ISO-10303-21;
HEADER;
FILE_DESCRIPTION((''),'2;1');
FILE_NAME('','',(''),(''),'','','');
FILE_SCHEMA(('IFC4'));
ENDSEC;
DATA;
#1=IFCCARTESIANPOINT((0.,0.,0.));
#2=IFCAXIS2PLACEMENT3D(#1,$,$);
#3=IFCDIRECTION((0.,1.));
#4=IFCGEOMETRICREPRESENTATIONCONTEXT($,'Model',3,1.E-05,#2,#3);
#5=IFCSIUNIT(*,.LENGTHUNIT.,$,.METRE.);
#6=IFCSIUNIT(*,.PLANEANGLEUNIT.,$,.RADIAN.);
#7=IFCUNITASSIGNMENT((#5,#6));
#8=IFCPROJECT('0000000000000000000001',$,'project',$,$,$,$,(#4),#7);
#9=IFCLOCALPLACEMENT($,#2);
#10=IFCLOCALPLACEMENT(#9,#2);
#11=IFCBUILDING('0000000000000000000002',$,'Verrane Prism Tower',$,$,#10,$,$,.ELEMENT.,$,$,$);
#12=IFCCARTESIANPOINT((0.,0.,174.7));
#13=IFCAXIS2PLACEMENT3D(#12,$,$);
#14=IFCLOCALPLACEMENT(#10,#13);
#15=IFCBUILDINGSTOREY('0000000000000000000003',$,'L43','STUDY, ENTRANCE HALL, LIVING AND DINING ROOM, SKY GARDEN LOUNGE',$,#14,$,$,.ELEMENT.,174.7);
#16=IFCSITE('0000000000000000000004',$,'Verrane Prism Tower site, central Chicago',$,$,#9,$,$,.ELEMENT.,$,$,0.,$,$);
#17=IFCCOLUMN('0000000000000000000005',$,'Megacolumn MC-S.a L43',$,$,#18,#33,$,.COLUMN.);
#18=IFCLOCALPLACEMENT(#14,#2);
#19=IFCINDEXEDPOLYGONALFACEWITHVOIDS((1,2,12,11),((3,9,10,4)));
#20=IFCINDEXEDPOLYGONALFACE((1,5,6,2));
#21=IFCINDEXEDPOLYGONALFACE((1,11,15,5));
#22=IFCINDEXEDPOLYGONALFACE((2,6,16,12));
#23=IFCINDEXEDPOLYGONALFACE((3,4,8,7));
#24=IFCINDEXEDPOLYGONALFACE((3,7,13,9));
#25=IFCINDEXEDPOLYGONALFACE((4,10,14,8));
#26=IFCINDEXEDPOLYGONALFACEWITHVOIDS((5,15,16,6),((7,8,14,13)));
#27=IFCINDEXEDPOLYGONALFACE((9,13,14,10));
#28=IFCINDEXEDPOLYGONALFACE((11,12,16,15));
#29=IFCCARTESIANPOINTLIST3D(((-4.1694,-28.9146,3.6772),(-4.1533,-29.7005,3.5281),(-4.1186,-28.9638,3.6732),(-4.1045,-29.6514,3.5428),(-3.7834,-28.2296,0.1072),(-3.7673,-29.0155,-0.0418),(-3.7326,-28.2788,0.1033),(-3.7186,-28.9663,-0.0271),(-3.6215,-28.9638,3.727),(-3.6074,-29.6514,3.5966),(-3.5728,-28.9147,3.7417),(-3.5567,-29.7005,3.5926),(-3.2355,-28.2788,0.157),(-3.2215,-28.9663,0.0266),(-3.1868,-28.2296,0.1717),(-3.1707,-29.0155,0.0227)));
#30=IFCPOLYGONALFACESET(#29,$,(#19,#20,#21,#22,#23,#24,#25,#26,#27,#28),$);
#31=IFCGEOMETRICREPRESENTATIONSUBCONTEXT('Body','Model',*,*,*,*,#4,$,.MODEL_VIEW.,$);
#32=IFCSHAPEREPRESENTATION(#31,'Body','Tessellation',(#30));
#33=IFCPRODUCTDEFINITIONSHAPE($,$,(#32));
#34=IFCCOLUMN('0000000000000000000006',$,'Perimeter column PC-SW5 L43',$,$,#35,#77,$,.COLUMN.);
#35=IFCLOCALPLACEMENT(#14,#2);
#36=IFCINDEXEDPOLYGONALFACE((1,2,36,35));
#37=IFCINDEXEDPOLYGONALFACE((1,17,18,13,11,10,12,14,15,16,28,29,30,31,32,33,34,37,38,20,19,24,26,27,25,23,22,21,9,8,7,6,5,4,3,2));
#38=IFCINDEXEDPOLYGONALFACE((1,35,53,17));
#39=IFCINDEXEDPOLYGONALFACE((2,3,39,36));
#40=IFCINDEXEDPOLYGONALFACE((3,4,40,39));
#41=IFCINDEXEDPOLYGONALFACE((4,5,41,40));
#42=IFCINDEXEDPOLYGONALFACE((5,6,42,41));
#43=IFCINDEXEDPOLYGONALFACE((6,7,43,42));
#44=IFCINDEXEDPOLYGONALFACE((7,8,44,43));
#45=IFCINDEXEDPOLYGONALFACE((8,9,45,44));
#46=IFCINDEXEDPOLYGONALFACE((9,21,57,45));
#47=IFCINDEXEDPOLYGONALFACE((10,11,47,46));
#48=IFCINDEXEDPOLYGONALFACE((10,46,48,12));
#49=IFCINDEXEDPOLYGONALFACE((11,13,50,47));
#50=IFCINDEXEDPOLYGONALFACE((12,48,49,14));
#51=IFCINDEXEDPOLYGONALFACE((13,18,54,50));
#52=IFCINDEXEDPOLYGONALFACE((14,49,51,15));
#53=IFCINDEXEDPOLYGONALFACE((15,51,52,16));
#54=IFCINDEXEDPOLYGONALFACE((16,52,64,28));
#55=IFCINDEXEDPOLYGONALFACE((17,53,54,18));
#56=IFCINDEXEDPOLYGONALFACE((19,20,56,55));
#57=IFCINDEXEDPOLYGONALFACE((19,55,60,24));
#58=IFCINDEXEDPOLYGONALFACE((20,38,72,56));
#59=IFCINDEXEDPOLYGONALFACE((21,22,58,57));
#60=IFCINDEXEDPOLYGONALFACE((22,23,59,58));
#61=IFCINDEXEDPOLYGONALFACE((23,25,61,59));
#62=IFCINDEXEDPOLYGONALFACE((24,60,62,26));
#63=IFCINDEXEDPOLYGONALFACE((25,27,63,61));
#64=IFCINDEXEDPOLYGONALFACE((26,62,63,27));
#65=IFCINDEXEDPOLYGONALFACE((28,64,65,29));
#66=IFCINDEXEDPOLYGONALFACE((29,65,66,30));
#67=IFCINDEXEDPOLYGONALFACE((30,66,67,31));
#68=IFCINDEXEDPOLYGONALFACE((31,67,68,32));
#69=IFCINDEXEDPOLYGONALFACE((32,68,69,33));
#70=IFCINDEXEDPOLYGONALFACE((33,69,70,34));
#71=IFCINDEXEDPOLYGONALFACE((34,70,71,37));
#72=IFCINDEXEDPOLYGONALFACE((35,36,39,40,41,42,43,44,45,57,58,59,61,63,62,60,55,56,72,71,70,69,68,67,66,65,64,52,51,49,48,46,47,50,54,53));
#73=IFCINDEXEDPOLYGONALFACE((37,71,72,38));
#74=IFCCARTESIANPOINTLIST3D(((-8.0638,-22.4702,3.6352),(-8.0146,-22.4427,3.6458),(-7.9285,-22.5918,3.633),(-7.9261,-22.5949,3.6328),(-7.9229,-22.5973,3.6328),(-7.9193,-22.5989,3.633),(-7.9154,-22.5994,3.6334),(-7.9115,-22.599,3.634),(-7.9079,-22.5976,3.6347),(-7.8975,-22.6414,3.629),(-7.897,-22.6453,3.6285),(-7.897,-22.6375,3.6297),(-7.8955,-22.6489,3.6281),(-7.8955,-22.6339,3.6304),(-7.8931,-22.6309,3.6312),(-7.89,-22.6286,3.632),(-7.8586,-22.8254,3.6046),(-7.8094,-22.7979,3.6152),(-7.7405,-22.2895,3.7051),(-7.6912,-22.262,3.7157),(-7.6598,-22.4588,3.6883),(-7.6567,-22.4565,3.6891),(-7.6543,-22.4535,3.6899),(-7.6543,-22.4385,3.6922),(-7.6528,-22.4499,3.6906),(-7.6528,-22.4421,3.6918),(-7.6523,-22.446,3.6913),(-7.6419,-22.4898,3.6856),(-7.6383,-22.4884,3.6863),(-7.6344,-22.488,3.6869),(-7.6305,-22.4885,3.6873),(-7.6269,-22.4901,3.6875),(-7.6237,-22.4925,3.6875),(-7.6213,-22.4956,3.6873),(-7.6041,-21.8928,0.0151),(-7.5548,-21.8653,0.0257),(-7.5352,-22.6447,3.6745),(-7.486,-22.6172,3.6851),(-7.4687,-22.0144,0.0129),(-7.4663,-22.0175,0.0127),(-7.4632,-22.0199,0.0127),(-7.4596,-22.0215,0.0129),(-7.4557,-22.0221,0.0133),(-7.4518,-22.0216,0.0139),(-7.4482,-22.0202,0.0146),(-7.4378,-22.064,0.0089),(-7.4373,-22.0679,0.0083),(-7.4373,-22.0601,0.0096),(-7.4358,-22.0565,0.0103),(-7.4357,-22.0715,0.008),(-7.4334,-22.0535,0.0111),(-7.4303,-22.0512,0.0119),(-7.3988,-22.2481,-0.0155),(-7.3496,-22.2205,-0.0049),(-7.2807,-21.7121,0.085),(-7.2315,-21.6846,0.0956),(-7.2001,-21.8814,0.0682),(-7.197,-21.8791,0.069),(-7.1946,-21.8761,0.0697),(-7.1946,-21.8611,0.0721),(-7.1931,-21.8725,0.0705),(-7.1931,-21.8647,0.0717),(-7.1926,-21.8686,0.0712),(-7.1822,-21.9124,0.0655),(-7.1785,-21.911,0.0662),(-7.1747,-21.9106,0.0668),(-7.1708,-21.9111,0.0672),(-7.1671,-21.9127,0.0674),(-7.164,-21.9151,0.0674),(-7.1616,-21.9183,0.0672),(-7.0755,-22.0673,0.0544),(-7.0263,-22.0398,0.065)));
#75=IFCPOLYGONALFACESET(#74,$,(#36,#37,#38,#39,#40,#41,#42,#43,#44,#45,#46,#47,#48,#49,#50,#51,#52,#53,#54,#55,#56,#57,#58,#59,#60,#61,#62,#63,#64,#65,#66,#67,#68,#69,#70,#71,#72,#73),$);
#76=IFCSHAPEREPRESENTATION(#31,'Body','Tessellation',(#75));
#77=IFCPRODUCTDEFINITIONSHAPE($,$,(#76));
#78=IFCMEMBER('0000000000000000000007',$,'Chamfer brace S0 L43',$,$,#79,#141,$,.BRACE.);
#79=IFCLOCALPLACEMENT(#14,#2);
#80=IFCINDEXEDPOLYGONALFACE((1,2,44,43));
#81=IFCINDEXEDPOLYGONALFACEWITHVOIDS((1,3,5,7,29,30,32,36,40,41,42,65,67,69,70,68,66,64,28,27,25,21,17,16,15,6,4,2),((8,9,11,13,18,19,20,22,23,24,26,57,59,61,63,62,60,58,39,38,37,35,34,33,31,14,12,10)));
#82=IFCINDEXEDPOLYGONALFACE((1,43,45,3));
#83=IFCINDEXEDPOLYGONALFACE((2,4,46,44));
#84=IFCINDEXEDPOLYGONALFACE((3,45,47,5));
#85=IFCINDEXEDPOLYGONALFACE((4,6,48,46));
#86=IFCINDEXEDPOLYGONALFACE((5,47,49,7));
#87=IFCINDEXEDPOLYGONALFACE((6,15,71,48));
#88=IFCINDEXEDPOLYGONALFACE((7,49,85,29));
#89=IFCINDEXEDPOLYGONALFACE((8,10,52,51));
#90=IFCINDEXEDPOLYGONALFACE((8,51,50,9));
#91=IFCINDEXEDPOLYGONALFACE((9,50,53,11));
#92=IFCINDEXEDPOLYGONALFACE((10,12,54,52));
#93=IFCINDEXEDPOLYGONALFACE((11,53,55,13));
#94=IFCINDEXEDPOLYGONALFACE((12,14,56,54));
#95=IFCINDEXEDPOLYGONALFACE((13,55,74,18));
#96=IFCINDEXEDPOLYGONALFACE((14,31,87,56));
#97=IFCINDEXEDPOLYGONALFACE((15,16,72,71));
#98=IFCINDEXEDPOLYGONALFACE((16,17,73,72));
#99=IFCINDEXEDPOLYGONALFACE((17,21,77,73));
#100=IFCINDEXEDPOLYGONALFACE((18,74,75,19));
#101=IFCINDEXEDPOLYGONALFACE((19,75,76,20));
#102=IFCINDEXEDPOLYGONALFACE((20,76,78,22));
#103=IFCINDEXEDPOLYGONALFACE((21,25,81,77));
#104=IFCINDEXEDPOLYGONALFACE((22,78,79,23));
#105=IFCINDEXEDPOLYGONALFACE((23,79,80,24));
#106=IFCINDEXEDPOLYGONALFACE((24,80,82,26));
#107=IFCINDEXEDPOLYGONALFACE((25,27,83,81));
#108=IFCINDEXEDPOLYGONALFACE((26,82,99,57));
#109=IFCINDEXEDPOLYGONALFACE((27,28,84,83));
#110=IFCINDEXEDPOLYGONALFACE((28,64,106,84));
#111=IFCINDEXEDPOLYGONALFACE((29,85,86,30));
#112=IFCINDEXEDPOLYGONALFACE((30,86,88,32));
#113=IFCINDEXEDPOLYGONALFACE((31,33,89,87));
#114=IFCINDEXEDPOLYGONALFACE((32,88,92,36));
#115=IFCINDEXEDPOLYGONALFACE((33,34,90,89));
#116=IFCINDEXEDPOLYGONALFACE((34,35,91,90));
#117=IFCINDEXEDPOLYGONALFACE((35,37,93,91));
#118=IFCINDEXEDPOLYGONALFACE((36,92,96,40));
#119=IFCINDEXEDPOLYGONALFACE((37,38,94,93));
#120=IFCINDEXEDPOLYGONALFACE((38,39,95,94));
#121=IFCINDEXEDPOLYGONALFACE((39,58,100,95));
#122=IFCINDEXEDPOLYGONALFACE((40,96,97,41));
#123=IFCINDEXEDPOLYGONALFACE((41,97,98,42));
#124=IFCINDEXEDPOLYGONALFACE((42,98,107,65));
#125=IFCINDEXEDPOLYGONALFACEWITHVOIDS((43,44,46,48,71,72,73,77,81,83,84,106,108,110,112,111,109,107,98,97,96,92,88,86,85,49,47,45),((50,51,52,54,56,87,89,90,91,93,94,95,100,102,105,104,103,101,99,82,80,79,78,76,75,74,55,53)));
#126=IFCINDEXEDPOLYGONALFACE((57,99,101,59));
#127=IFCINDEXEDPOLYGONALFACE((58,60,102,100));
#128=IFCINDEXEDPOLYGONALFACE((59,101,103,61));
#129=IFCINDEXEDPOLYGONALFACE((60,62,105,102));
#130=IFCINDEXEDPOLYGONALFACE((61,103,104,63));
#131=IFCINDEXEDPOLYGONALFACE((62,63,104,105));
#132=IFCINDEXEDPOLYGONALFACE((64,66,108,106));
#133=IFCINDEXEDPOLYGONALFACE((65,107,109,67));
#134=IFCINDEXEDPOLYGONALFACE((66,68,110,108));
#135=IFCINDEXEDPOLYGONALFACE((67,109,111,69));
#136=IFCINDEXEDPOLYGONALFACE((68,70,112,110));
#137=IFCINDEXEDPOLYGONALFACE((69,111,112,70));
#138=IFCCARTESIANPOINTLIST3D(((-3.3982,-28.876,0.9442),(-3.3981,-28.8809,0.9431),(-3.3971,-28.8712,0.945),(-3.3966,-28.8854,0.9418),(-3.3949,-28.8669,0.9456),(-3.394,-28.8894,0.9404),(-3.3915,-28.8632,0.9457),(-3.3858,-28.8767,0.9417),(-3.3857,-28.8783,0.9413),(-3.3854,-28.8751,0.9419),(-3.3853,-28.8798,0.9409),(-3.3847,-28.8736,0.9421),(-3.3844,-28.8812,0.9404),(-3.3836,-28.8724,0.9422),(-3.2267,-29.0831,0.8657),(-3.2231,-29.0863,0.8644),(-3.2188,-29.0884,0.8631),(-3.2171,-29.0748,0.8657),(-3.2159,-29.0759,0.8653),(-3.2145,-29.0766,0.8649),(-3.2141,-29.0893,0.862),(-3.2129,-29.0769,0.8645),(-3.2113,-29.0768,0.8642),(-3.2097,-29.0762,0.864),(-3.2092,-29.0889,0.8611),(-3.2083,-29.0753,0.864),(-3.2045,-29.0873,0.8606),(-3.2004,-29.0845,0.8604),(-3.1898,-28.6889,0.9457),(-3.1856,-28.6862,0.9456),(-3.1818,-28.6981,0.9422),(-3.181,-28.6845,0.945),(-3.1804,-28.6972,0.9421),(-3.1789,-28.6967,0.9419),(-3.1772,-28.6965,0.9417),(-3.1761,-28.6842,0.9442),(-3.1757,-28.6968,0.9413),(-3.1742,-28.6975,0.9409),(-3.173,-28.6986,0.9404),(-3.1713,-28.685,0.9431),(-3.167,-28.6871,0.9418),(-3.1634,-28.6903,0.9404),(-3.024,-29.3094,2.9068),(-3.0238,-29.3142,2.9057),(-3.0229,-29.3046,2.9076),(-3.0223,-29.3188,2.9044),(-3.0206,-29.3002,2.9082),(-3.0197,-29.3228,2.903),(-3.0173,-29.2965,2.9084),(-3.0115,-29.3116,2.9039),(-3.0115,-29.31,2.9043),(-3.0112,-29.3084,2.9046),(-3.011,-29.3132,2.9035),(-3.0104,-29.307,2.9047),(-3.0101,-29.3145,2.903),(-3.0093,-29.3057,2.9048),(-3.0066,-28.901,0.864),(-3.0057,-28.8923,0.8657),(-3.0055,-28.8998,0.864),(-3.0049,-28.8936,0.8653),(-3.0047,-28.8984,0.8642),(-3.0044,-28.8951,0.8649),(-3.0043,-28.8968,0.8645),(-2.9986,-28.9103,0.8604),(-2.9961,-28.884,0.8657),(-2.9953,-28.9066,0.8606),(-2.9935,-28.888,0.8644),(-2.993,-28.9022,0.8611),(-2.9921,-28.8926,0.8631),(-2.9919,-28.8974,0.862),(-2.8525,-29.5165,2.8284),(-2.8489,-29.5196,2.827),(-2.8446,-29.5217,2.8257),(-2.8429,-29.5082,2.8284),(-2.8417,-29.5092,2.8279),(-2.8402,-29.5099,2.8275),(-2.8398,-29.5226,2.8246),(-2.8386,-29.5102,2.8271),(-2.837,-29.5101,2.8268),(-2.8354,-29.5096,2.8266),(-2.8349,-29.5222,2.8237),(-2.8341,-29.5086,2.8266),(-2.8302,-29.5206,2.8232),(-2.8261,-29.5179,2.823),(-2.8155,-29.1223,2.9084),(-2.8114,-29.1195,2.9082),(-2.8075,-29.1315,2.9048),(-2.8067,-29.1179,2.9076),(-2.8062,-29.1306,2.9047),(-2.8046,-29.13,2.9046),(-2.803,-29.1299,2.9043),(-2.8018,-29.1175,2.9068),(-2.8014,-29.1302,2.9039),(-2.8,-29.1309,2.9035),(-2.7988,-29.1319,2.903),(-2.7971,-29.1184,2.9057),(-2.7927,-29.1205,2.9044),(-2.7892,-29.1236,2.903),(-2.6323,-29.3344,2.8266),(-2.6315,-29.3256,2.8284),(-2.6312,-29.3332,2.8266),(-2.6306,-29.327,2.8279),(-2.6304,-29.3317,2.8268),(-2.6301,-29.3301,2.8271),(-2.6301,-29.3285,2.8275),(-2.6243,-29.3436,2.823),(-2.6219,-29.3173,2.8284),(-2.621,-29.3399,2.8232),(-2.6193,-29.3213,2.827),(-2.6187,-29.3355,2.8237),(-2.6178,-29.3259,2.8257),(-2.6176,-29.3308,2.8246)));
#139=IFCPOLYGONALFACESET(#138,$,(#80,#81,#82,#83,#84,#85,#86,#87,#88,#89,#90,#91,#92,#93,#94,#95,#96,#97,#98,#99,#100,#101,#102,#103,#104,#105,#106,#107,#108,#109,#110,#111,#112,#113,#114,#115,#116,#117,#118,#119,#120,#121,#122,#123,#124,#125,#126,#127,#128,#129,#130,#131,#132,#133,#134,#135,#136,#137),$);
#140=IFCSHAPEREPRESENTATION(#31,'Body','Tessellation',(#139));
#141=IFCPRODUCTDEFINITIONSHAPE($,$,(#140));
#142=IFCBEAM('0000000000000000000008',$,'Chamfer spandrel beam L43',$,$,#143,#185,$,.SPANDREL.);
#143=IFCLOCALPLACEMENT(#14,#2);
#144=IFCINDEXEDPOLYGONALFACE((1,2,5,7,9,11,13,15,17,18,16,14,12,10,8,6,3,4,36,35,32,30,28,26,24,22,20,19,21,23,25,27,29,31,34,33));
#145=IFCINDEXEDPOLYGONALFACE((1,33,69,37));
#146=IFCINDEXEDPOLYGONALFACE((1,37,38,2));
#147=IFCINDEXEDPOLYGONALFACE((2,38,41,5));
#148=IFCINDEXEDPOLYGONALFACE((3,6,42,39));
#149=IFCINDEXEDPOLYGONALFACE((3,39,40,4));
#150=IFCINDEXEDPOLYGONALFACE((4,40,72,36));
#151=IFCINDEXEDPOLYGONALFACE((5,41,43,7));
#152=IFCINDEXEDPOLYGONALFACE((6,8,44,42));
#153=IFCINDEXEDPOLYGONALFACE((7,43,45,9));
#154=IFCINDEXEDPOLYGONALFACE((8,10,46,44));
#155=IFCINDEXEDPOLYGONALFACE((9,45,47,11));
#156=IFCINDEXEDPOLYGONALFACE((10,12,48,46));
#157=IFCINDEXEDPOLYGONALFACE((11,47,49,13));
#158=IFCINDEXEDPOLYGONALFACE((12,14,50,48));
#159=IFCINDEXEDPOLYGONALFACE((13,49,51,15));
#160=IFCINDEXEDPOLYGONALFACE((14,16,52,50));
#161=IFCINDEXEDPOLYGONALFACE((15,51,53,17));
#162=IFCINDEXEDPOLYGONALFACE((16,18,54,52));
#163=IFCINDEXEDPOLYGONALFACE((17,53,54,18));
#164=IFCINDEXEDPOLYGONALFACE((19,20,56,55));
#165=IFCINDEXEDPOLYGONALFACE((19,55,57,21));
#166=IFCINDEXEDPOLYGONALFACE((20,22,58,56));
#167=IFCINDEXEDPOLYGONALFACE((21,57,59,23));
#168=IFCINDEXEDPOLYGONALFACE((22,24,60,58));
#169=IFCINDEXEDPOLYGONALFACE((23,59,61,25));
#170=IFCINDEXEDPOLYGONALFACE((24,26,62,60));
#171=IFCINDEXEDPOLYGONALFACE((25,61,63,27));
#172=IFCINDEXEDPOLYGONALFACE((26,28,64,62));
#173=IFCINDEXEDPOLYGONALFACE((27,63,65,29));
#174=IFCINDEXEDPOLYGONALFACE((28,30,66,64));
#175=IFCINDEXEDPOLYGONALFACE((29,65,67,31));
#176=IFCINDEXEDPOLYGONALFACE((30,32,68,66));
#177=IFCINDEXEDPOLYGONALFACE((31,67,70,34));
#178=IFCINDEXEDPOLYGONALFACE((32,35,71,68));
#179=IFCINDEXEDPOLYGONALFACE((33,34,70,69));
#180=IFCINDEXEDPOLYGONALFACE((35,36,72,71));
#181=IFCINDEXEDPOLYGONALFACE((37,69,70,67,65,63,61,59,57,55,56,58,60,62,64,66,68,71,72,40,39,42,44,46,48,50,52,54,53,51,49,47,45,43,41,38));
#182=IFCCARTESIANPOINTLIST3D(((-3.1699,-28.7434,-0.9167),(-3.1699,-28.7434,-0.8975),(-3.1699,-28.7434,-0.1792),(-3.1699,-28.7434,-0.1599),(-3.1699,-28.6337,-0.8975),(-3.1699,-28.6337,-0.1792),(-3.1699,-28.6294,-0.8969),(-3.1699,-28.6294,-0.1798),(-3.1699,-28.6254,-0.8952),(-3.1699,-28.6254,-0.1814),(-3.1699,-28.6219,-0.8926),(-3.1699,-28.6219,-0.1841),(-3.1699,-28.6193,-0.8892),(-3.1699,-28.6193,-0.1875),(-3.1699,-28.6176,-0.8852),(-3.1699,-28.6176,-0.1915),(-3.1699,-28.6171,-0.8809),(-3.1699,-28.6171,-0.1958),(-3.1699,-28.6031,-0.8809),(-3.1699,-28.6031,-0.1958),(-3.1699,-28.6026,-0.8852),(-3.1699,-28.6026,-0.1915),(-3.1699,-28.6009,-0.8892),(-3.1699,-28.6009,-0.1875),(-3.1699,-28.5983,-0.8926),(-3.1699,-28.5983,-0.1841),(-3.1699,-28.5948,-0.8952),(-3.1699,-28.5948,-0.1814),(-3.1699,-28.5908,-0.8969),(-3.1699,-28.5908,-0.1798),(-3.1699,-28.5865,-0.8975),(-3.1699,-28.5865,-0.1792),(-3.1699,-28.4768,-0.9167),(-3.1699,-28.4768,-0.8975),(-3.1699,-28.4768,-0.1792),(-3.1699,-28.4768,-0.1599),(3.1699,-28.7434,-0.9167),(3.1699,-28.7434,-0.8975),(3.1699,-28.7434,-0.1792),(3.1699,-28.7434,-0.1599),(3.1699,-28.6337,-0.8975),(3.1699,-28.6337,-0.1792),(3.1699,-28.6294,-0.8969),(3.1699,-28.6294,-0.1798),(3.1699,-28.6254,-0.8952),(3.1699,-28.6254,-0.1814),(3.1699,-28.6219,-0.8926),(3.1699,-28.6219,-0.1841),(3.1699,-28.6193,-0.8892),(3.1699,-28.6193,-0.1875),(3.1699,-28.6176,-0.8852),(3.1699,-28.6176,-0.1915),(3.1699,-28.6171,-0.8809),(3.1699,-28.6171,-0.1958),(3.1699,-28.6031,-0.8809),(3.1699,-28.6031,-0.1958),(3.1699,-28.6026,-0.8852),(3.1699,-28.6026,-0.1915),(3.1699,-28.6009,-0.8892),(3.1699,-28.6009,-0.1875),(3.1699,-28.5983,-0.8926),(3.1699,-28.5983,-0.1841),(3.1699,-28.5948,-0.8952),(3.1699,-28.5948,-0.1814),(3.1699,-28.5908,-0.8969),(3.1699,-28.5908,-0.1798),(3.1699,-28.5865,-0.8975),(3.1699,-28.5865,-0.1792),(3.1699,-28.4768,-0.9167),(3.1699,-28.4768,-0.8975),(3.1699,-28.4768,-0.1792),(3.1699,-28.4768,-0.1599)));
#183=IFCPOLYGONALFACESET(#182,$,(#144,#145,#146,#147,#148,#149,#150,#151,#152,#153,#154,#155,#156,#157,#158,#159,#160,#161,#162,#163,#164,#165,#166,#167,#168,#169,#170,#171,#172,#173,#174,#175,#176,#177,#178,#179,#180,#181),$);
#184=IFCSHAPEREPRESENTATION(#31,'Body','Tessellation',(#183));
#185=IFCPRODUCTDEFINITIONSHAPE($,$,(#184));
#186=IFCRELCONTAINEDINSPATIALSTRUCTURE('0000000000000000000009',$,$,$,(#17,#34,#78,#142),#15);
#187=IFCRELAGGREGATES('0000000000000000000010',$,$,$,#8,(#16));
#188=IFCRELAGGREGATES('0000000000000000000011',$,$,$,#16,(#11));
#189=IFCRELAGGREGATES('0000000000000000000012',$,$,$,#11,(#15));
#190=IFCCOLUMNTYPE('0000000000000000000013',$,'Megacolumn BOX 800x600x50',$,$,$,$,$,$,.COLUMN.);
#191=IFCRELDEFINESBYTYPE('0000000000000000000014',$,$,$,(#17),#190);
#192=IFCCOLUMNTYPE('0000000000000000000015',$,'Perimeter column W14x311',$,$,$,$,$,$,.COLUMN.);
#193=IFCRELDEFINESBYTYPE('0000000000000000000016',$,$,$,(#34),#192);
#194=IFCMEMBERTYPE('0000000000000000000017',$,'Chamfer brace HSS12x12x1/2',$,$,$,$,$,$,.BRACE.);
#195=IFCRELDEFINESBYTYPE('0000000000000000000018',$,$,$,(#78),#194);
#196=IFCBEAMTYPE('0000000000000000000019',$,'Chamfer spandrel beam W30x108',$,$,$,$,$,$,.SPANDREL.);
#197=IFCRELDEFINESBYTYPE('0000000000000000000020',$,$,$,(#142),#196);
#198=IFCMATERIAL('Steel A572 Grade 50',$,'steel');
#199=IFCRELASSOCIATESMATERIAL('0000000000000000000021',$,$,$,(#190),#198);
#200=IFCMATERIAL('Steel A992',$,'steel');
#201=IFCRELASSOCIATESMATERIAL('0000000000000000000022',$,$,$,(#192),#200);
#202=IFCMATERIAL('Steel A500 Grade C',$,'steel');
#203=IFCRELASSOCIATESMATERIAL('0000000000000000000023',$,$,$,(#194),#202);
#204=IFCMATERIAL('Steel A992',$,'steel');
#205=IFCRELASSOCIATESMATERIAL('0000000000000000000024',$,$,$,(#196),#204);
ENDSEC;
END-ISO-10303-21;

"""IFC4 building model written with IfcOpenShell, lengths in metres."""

from ifc_helpers import new_model, si_unit, direction, frame, origin, origin_2d, place, context, subcontext, project, spatial, hollow_rectangle, i_section, extrude, material, material_profile, profile_set, type_object, element, save


model = new_model("IFC4")

# Units and contexts
model_context = context("Model", 3, precision=1e-05, world=origin(), true_north=direction((0.0, 1.0)))
body_context = subcontext(model_context, "Body", "Model", "MODEL_VIEW")
ifc_project = project(units=[si_unit("LENGTHUNIT", "METRE"), si_unit("PLANEANGLEUNIT", "RADIAN")], contexts=[model_context])

# Site, building, storey
site_placement = place(None, origin())
site = spatial("IfcSite", under=ifc_project, at=site_placement, Name="Verrane Prism Tower site, central Chicago", CompositionType="ELEMENT", RefElevation=0.0)
building_placement = place(site_placement, origin())
building = spatial("IfcBuilding", under=site, at=building_placement, Name="Verrane Prism Tower", CompositionType="ELEMENT")
storey_placement = place(building_placement, frame((0.0, 0.0, 174.7)))
storey = spatial("IfcBuildingStorey", under=building, at=storey_placement, Name="L43", Description="STUDY, ENTRANCE HALL, LIVING AND DINING ROOM, SKY GARDEN LOUNGE", CompositionType="ELEMENT", Elevation=174.7)

# Columns
ifc_material_1 = material(Name="Steel A572 Grade 50", Category="steel")
ifc_material_profile_1 = material_profile(ifc_material_1, hollow_rectangle(XDim=0.6001, YDim=0.8, WallThickness=0.05, at=origin_2d()), Name="BOX 800x600x50")
ifc_profile_set_1 = profile_set([ifc_material_profile_1], Name="Steel A572 Grade 50")
column_type_1 = type_object("IfcColumnType", Name="Megacolumn BOX 800x600x50", PredefinedType="COLUMN", material=ifc_profile_set_1)
column_1_placement = place(storey_placement, frame((-3.4771, -28.6226, 0.0649), z_axis=(-0.105587, -0.187398, 0.976593), x_axis=(-0.994207, 0.000042, -0.107483)))
element("IfcColumn", 1, at=column_1_placement, inside=storey, type_object=column_type_1, Name="Megacolumn MC-S.a L43", PredefinedType="COLUMN", context=body_context, shape_type="SweptSolid", body=[
    extrude(hollow_rectangle(XDim=0.6001, YDim=0.8, WallThickness=0.05, at=origin_2d()), origin(), (0.0, 0.0, 1.0), 3.6555),
])
ifc_material_2 = material(Name="Steel A992", Category="steel")
ifc_material_profile_2 = material_profile(ifc_material_2, i_section(OverallWidth=0.4114, OverallDepth=0.4343, WebThickness=0.0359, FlangeThickness=0.0574, FilletRadius=0.0151, at=origin_2d()), Name="W14x311")
ifc_profile_set_2 = profile_set([ifc_material_profile_2], Name="Steel A992")
column_type_2 = type_object("IfcColumnType", Name="Perimeter column W14x311", PredefinedType="COLUMN", material=ifc_profile_set_2)
column_2_placement = place(storey_placement, frame((-7.3152, -21.9663, 0.04), z_axis=(-0.12443, -0.156281, 0.979844), x_axis=(-0.498835, 0.8635, 0.074378)))
element("IfcColumn", 2, at=column_2_placement, inside=storey, type_object=column_type_2, Name="Perimeter column PC-SW5 L43", PredefinedType="COLUMN", context=body_context, shape_type="SweptSolid", body=[
    extrude(i_section(OverallWidth=0.4114, OverallDepth=0.4343, WebThickness=0.0359, FlangeThickness=0.0574, FilletRadius=0.0151, at=origin_2d()), origin(), (0.0, 0.0, 1.0), 3.6946),
])

# Member
ifc_material_3 = material(Name="Steel A500 Grade C", Category="steel")
ifc_material_profile_3 = material_profile(ifc_material_3, hollow_rectangle(XDim=0.3047, YDim=0.3047, WallThickness=0.0127, InnerFilletRadius=0.0063, OuterFilletRadius=0.019, at=origin_2d()), Name="HSS12x12x1/2")
ifc_profile_set_3 = profile_set([ifc_material_profile_3], Name="Steel A500 Grade C")
member_type_1 = type_object("IfcMemberType", Name="Chamfer brace HSS12x12x1/2", PredefinedType="BRACE", material=ifc_profile_set_3)
member_1_placement = place(storey_placement, frame((-3.1951, -28.8867, 0.9031), z_axis=(0.183064, -0.211962, 0.959979), x_axis=(0.756813, 0.653631, 0.0)))
element("IfcMember", 3, at=member_1_placement, inside=storey, type_object=member_type_1, Name="Chamfer brace S0 L43", PredefinedType="BRACE", context=body_context, shape_type="SweptSolid", body=[
    extrude(hollow_rectangle(XDim=0.3047, YDim=0.3047, WallThickness=0.0127, InnerFilletRadius=0.0063, OuterFilletRadius=0.019, at=origin_2d()), origin(), (0.0, 0.0, 1.0), 2.0444),
])

# Beam
ifc_material_4 = material(Name="Steel A992", Category="steel")
ifc_material_profile_4 = material_profile(ifc_material_4, i_section(OverallWidth=0.2666, OverallDepth=0.7568, WebThickness=0.0139, FlangeThickness=0.0193, FilletRadius=0.0166, at=origin_2d()), Name="W30x108")
ifc_profile_set_4 = profile_set([ifc_material_profile_4], Name="Steel A992")
beam_type_1 = type_object("IfcBeamType", Name="Chamfer spandrel beam W30x108", PredefinedType="SPANDREL", material=ifc_profile_set_4)
beam_1_placement = place(storey_placement, frame((-3.1699, -28.6101, -0.5383), z_axis=(1.0, 0.0, 0.0), x_axis=(0.0, 1.0, 0.0)))
element("IfcBeam", 4, at=beam_1_placement, inside=storey, type_object=beam_type_1, Name="Chamfer spandrel beam L43", PredefinedType="SPANDREL", context=body_context, shape_type="SweptSolid", body=[
    extrude(i_section(OverallWidth=0.2666, OverallDepth=0.7568, WebThickness=0.0139, FlangeThickness=0.0193, FilletRadius=0.0166, at=origin_2d()), origin(), (0.0, 0.0, 1.0), 6.3398),
])

save(model, "model.ifc")
